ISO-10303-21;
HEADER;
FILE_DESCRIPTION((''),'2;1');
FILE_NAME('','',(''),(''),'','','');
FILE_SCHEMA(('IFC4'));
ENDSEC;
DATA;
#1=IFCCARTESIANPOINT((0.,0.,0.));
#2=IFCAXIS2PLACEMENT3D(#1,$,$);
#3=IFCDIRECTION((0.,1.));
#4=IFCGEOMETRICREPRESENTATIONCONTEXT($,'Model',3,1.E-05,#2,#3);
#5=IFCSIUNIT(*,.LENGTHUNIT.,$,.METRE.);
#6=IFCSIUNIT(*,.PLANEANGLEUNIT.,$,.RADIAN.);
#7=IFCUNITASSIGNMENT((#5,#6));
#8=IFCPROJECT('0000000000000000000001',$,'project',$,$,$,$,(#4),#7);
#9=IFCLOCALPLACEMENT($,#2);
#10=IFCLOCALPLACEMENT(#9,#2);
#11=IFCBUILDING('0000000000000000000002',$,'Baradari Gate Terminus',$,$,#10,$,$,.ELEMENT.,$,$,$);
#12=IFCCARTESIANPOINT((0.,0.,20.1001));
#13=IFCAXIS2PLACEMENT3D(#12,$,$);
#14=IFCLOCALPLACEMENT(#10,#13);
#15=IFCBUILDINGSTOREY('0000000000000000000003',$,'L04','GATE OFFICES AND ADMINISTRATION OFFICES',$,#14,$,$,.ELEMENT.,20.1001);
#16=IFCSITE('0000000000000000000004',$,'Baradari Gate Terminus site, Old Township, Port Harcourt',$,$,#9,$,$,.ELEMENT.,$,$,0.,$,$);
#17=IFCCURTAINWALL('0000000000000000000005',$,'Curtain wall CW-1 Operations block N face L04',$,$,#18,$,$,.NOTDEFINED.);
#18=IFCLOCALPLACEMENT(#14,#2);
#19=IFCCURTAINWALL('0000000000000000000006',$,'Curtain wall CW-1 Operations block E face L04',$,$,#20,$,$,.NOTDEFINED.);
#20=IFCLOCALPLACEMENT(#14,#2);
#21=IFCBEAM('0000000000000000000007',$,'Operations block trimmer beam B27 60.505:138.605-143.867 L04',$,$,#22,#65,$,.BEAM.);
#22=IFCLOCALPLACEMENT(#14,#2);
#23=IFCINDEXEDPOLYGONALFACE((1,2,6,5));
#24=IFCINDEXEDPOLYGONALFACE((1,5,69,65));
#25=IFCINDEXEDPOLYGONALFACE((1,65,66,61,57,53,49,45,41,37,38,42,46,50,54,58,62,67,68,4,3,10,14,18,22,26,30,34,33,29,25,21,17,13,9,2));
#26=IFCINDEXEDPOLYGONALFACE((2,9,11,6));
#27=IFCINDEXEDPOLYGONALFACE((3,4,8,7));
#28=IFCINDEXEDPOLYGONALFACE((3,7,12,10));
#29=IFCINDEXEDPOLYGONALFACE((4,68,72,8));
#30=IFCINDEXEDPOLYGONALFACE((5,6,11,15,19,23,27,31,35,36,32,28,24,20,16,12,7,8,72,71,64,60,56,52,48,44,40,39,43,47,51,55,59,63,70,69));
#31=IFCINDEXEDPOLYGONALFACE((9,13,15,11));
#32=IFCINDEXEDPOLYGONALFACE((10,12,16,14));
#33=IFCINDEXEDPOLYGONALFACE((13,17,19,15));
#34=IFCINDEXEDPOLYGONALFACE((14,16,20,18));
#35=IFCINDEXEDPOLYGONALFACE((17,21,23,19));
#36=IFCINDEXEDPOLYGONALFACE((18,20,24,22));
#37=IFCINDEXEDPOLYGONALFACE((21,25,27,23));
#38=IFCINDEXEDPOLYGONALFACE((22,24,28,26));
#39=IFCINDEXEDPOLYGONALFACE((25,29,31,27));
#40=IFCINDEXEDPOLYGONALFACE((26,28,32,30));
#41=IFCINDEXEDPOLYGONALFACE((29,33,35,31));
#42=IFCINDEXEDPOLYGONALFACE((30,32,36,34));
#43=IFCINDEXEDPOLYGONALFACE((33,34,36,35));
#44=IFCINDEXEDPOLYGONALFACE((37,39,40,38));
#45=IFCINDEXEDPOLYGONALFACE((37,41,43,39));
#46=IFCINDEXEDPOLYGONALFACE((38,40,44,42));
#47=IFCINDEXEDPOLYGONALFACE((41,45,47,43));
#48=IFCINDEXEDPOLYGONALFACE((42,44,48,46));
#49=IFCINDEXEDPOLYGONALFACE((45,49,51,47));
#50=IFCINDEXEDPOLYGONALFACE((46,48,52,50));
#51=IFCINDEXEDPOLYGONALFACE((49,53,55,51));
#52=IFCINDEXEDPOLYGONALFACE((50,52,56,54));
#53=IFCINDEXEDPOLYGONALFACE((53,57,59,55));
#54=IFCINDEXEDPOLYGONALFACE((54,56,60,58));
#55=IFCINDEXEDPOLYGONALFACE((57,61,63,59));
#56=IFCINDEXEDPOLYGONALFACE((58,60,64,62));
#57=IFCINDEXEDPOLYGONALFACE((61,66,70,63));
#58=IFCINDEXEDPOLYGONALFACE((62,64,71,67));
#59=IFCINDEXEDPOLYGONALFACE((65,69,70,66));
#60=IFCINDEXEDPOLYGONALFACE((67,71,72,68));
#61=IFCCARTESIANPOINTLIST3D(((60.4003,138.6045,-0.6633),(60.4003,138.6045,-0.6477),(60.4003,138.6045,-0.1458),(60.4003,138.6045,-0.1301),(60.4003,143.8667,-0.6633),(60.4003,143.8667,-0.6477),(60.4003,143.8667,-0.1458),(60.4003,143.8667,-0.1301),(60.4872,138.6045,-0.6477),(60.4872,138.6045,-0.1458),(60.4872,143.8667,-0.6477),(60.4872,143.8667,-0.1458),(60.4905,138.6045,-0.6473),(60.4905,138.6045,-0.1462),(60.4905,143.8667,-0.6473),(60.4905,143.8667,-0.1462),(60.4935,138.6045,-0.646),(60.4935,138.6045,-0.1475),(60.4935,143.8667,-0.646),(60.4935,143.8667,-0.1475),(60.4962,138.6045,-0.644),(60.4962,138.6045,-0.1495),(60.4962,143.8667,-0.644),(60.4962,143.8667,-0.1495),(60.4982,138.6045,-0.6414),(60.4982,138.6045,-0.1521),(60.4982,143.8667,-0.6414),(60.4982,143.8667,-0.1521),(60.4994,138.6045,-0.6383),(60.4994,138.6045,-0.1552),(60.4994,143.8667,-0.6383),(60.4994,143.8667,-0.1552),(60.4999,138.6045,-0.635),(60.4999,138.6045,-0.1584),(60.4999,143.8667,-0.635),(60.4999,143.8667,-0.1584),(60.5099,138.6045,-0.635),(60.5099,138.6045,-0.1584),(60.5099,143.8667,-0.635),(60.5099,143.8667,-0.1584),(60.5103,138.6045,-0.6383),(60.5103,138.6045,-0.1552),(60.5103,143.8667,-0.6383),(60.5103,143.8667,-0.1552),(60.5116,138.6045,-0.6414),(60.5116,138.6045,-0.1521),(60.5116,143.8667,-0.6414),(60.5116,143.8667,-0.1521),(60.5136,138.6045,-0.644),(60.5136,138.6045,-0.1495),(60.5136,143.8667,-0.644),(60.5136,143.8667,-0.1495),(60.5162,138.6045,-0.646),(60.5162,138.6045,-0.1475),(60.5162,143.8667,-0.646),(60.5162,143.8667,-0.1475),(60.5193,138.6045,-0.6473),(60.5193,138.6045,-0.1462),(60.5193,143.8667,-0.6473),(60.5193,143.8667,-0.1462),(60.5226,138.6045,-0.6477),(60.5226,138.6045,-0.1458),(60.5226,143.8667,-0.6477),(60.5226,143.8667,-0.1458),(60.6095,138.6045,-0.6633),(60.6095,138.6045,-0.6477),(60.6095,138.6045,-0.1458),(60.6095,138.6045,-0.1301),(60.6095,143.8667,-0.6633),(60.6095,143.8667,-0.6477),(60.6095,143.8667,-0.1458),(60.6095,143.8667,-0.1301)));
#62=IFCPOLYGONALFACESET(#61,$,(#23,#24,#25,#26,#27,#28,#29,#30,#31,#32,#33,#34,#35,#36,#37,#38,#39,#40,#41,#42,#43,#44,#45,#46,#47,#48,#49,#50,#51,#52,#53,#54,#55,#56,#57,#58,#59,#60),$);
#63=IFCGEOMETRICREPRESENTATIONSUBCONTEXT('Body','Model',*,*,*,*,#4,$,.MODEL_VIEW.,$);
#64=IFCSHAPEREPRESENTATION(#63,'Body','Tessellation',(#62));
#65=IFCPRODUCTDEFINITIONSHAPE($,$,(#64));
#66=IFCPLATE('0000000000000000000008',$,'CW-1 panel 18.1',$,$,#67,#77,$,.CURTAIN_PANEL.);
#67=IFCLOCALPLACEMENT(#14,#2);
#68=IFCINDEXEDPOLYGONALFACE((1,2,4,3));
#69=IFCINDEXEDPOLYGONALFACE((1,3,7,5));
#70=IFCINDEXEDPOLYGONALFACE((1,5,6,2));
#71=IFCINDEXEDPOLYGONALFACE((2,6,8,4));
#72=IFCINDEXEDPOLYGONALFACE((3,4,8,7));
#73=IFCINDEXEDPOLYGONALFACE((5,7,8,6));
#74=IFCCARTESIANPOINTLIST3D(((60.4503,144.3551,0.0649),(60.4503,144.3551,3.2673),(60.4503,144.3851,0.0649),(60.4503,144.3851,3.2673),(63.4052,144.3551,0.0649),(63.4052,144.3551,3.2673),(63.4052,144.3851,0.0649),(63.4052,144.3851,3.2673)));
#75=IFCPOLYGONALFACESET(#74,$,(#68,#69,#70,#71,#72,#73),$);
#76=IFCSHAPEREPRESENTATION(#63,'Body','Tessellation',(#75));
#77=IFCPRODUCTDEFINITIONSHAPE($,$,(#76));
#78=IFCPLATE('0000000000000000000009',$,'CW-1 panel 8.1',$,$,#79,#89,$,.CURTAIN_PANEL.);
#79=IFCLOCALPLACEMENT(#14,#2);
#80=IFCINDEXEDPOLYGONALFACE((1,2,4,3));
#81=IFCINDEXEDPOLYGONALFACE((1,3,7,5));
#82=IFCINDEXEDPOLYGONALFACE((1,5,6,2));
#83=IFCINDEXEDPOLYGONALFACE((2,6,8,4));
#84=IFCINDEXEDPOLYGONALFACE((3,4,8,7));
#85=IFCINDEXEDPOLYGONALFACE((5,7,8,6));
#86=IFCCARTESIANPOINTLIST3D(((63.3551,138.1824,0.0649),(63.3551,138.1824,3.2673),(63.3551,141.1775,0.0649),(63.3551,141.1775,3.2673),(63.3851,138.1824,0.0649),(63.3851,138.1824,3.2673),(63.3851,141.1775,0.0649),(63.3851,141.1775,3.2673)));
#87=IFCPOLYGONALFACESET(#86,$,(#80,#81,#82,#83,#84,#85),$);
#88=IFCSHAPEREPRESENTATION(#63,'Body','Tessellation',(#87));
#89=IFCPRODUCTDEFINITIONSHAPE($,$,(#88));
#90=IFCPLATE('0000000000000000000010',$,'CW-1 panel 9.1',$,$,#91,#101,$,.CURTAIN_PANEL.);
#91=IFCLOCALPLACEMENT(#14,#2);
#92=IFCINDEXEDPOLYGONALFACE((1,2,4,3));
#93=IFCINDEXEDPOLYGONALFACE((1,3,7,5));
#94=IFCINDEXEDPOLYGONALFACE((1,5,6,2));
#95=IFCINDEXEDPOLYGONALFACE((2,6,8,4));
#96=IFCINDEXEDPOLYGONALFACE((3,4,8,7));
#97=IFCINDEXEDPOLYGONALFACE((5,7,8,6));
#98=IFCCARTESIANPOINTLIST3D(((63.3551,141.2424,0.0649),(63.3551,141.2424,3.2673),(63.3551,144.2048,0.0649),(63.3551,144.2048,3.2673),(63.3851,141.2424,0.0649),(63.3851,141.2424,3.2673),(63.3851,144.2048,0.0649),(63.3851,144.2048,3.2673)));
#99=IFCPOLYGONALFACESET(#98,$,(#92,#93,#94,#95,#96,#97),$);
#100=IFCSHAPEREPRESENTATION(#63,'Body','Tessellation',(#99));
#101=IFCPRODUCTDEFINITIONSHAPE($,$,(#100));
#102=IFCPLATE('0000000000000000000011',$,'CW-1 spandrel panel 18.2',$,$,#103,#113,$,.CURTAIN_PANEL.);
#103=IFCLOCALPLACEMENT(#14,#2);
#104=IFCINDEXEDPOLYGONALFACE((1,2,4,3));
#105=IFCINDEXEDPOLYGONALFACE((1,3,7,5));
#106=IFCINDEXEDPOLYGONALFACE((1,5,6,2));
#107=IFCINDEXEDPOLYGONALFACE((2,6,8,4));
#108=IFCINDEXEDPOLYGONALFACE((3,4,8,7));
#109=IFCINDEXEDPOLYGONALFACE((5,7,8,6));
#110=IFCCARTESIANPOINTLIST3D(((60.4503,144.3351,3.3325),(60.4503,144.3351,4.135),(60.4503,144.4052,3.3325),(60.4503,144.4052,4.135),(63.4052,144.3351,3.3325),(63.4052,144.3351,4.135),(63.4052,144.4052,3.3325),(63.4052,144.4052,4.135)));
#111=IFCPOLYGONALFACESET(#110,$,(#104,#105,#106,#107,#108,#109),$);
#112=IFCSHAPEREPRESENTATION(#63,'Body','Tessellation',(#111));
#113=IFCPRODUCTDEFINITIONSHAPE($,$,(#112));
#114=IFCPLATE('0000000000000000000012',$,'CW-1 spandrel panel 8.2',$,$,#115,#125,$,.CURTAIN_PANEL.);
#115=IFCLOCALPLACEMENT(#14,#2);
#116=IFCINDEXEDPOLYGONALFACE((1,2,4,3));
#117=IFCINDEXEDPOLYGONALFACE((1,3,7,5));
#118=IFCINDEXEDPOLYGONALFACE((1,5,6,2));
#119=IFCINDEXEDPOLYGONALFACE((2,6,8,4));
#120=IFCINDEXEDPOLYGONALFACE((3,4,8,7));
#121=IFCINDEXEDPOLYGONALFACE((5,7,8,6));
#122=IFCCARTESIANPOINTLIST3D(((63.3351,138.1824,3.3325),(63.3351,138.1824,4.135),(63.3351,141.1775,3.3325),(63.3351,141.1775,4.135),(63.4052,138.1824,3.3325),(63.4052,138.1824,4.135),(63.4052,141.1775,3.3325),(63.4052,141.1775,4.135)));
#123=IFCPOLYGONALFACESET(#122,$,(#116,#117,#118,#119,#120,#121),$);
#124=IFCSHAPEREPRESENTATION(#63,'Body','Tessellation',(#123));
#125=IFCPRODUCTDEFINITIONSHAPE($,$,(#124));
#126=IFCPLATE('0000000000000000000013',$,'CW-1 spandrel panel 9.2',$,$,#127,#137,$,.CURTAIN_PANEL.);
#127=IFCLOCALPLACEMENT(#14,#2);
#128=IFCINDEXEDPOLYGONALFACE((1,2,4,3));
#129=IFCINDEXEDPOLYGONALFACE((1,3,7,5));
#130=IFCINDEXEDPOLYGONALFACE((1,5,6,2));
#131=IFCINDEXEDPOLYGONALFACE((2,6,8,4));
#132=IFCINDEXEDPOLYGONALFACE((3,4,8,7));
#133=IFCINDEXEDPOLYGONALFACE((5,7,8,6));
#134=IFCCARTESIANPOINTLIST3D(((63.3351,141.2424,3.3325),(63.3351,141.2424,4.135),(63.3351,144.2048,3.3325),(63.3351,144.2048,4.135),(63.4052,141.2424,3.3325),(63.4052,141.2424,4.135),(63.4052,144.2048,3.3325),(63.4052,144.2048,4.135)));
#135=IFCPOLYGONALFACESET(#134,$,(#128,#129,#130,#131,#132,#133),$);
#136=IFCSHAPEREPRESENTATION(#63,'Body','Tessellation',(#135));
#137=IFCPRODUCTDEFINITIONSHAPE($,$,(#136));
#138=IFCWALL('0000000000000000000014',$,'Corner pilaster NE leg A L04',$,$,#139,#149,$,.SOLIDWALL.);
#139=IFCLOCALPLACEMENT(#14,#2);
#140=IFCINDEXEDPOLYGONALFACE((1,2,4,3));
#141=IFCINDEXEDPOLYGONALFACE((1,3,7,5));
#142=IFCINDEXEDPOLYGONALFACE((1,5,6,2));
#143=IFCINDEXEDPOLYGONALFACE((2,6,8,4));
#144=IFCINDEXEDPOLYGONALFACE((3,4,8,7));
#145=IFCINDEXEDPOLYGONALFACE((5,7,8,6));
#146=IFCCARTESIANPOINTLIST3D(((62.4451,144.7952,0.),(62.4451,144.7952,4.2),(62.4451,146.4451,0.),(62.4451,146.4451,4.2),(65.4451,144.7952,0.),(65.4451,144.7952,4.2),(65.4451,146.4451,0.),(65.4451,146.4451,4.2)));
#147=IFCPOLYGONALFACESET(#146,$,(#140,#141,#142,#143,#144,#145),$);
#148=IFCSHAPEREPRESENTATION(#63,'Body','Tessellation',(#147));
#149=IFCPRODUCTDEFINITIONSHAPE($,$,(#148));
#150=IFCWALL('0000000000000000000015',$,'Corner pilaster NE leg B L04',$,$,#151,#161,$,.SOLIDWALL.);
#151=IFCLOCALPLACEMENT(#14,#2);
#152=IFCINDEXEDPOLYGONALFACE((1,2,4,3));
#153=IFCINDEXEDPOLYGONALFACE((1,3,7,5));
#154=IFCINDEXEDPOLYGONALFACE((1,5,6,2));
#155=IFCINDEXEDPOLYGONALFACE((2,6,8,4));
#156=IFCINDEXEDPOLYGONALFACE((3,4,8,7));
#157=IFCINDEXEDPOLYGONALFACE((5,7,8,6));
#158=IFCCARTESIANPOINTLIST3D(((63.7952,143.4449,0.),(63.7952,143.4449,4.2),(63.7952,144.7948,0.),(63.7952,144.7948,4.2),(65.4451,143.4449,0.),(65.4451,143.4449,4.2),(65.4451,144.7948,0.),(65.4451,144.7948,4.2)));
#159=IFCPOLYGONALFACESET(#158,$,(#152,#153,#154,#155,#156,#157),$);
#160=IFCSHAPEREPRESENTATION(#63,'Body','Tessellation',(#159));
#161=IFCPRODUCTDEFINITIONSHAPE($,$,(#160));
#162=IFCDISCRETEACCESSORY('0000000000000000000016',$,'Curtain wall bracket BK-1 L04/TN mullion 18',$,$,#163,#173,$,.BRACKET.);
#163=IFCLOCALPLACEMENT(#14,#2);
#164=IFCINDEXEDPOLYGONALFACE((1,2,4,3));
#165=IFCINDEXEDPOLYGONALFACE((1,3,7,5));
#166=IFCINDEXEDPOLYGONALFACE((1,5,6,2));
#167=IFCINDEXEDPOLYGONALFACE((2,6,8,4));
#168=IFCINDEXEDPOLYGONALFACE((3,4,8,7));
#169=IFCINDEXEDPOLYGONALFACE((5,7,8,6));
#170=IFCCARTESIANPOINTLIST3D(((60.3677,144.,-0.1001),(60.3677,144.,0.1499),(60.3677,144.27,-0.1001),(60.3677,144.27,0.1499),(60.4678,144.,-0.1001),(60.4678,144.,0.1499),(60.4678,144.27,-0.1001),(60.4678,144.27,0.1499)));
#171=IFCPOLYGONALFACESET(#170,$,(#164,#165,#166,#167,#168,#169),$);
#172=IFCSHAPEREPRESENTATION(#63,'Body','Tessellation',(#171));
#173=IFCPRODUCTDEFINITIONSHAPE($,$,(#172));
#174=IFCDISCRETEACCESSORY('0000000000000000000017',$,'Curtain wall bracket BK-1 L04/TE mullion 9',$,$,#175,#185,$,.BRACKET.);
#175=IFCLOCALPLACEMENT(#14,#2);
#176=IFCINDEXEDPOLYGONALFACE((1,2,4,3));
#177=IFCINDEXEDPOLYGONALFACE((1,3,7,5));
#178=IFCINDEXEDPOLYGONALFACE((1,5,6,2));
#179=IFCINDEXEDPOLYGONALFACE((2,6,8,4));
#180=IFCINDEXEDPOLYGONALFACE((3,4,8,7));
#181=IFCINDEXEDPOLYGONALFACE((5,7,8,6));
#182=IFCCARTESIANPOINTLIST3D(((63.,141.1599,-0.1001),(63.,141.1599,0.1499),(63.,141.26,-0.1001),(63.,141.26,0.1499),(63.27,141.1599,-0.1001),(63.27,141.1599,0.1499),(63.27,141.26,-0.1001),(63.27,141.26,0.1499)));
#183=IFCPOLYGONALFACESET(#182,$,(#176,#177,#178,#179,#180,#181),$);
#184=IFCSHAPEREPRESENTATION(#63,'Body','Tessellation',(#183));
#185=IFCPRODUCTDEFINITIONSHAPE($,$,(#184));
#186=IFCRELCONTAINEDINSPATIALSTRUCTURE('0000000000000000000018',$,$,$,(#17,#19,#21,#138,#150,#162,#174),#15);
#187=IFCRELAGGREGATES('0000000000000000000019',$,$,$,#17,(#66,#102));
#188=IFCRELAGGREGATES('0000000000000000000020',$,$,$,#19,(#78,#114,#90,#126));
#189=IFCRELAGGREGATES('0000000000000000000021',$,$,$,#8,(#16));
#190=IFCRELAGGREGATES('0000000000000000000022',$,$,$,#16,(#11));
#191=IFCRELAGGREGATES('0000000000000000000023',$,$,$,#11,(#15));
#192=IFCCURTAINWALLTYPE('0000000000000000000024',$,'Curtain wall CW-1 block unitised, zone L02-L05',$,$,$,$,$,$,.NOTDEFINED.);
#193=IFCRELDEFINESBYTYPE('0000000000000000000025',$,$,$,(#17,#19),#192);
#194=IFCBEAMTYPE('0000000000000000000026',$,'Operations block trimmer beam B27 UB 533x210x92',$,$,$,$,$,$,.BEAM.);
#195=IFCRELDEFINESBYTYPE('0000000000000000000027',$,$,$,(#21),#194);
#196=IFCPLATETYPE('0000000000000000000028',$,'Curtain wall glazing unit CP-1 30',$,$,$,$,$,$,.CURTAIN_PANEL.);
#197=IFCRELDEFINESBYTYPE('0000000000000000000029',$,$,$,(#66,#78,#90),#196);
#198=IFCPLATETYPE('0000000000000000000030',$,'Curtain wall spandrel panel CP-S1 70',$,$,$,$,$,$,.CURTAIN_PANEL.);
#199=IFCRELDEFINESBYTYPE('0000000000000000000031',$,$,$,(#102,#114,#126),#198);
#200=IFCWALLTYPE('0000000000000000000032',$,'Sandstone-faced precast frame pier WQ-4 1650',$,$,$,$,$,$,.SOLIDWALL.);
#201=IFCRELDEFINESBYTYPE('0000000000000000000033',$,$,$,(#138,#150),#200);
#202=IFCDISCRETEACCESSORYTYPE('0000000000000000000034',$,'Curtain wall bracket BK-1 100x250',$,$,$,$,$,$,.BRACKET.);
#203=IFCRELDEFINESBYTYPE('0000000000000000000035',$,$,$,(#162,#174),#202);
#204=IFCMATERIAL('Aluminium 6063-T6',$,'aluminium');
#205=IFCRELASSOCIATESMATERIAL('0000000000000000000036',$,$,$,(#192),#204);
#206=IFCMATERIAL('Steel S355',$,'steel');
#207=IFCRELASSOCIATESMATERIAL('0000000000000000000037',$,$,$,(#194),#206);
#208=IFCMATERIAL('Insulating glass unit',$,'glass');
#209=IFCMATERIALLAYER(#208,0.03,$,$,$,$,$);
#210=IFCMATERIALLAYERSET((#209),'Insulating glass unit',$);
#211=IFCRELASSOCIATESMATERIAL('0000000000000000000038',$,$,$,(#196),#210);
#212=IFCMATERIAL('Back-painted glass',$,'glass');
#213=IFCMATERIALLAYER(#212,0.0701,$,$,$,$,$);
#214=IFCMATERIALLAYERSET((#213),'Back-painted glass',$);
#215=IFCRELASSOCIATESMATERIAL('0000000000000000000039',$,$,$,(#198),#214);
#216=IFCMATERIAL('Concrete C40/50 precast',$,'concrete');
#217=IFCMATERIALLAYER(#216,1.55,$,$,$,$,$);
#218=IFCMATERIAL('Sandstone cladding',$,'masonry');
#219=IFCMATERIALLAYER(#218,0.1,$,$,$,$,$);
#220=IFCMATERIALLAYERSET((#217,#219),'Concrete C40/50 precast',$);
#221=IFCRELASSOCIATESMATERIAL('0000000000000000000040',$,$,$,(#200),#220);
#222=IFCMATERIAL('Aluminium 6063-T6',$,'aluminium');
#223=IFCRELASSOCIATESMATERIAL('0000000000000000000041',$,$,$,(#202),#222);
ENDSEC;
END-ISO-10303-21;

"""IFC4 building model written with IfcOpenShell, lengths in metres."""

from ifc_helpers import new_model, si_unit, direction, frame, frame_2d, origin, origin_2d, place, context, subcontext, project, spatial, rectangle, i_section, extrude, material, layer, layer_set, material_profile, profile_set, type_object, element, aggregate, save


model = new_model("IFC4")

# Units and contexts
model_context = context("Model", 3, precision=1e-05, world=origin(), true_north=direction((0.0, 1.0)))
body_context = subcontext(model_context, "Body", "Model", "MODEL_VIEW")
ifc_project = project(units=[si_unit("LENGTHUNIT", "METRE"), si_unit("PLANEANGLEUNIT", "RADIAN")], contexts=[model_context])

# Site, building, storey
site_placement = place(None, origin())
site = spatial("IfcSite", under=ifc_project, at=site_placement, Name="Baradari Gate Terminus site, Old Township, Port Harcourt", CompositionType="ELEMENT", RefElevation=0.0)
building_placement = place(site_placement, origin())
building = spatial("IfcBuilding", under=site, at=building_placement, Name="Baradari Gate Terminus", CompositionType="ELEMENT")
storey_placement = place(building_placement, frame((0.0, 0.0, 20.1001)))
storey = spatial("IfcBuildingStorey", under=building, at=storey_placement, Name="L04", Description="GATE OFFICES AND ADMINISTRATION OFFICES", CompositionType="ELEMENT", Elevation=20.1001)

# Curtain walls
ifc_material_1 = material(Name="Aluminium 6063-T6", Category="aluminium")
curtain_wall_type = type_object("IfcCurtainWallType", Name="Curtain wall CW-1 block unitised, zone L02-L05", PredefinedType="NOTDEFINED", material=ifc_material_1)
curtain_wall_1_placement = place(storey_placement, origin())
curtain_wall_1 = element("IfcCurtainWall", 1, at=curtain_wall_1_placement, inside=storey, type_object=curtain_wall_type, Name="Curtain wall CW-1 Operations block N face L04", PredefinedType="NOTDEFINED")
curtain_wall_2_placement = place(storey_placement, origin())
curtain_wall_2 = element("IfcCurtainWall", 2, at=curtain_wall_2_placement, inside=storey, type_object=curtain_wall_type, Name="Curtain wall CW-1 Operations block E face L04", PredefinedType="NOTDEFINED")

# Beam
ifc_material_2 = material(Name="Steel S355", Category="steel")
ifc_material_profile_1 = material_profile(ifc_material_2, i_section(OverallWidth=0.2092, OverallDepth=0.5332, WebThickness=0.01, FlangeThickness=0.0156, FilletRadius=0.0127, at=origin_2d()), Name="UB 533x210x92")
ifc_profile_set_1 = profile_set([ifc_material_profile_1], Name="Steel S355")
beam_type = type_object("IfcBeamType", Name="Operations block trimmer beam B27 UB 533x210x92", PredefinedType="BEAM", material=ifc_profile_set_1)
beam_placement = place(storey_placement, frame((60.5049, 138.6045, -0.3967), z_axis=(0.0, 1.0, 0.0), x_axis=(-1.0, 0.0, 0.0)))
element("IfcBeam", 3, at=beam_placement, inside=storey, type_object=beam_type, Name="Operations block trimmer beam B27 60.505:138.605-143.867 L04", PredefinedType="BEAM", context=body_context, shape_type="SweptSolid", body=[
    extrude(i_section(OverallWidth=0.2092, OverallDepth=0.5332, WebThickness=0.01, FlangeThickness=0.0156, FilletRadius=0.0127, at=origin_2d()), origin(), (0.0, 0.0, 1.0), 5.2622),
])

# Plates
ifc_material_3 = material(Name="Insulating glass unit", Category="glass")
ifc_layer_1 = layer(ifc_material_3, 0.03)
ifc_layer_set_1 = layer_set([ifc_layer_1], Name="Insulating glass unit")
plate_type_1 = type_object("IfcPlateType", Name="Curtain wall glazing unit CP-1 30", PredefinedType="CURTAIN_PANEL", material=ifc_layer_set_1)
plate_1_placement = place(storey_placement, frame((61.9277, 144.3701, 0.0649), z_axis=(0.0, 0.0, 1.0), x_axis=(1.0, 0.0, 0.0)))
plate_1 = element("IfcPlate", 4, at=plate_1_placement, type_object=plate_type_1, Name="CW-1 panel 18.1", PredefinedType="CURTAIN_PANEL", context=body_context, shape_type="SweptSolid", body=[
    extrude(rectangle(XDim=2.9548, YDim=0.03, at=origin_2d()), origin(), (0.0, 0.0, 1.0), 3.2024),
])
plate_2_placement = place(storey_placement, frame((63.3701, 139.6799, 0.0649), z_axis=(0.0, 0.0, 1.0), x_axis=(0.0, 1.0, 0.0)))
plate_2 = element("IfcPlate", 5, at=plate_2_placement, type_object=plate_type_1, Name="CW-1 panel 8.1", PredefinedType="CURTAIN_PANEL", context=body_context, shape_type="SweptSolid", body=[
    extrude(rectangle(XDim=2.9951, YDim=0.03, at=origin_2d()), origin(), (0.0, 0.0, 1.0), 3.2024),
])
plate_3_placement = place(storey_placement, frame((63.3701, 142.7236, 0.0649), z_axis=(0.0, 0.0, 1.0), x_axis=(0.0, 1.0, 0.0)))
plate_3 = element("IfcPlate", 6, at=plate_3_placement, type_object=plate_type_1, Name="CW-1 panel 9.1", PredefinedType="CURTAIN_PANEL", context=body_context, shape_type="SweptSolid", body=[
    extrude(rectangle(XDim=2.9624, YDim=0.03, at=origin_2d()), origin(), (0.0, 0.0, 1.0), 3.2024),
])
ifc_material_4 = material(Name="Back-painted glass", Category="glass")
ifc_layer_2 = layer(ifc_material_4, 0.0701)
ifc_layer_set_2 = layer_set([ifc_layer_2], Name="Back-painted glass")
plate_type_2 = type_object("IfcPlateType", Name="Curtain wall spandrel panel CP-S1 70", PredefinedType="CURTAIN_PANEL", material=ifc_layer_set_2)
plate_4_placement = place(storey_placement, frame((61.9277, 144.3701, 3.3325), z_axis=(0.0, 0.0, 1.0), x_axis=(1.0, 0.0, 0.0)))
plate_4 = element("IfcPlate", 7, at=plate_4_placement, type_object=plate_type_2, Name="CW-1 spandrel panel 18.2", PredefinedType="CURTAIN_PANEL", context=body_context, shape_type="SweptSolid", body=[
    extrude(rectangle(XDim=2.9548, YDim=0.0701, at=origin_2d()), origin(), (0.0, 0.0, 1.0), 0.8025),
])
aggregate(curtain_wall_1, [plate_1, plate_4])
plate_5_placement = place(storey_placement, frame((63.3701, 139.6799, 3.3325), z_axis=(0.0, 0.0, 1.0), x_axis=(0.0, 1.0, 0.0)))
plate_5 = element("IfcPlate", 8, at=plate_5_placement, type_object=plate_type_2, Name="CW-1 spandrel panel 8.2", PredefinedType="CURTAIN_PANEL", context=body_context, shape_type="SweptSolid", body=[
    extrude(rectangle(XDim=2.9951, YDim=0.0701, at=origin_2d()), origin(), (0.0, 0.0, 1.0), 0.8025),
])
plate_6_placement = place(storey_placement, frame((63.3701, 142.7236, 3.3325), z_axis=(0.0, 0.0, 1.0), x_axis=(0.0, 1.0, 0.0)))
plate_6 = element("IfcPlate", 9, at=plate_6_placement, type_object=plate_type_2, Name="CW-1 spandrel panel 9.2", PredefinedType="CURTAIN_PANEL", context=body_context, shape_type="SweptSolid", body=[
    extrude(rectangle(XDim=2.9624, YDim=0.0701, at=origin_2d()), origin(), (0.0, 0.0, 1.0), 0.8025),
])
aggregate(curtain_wall_2, [plate_2, plate_5, plate_3, plate_6])

# Walls
ifc_material_5 = material(Name="Concrete C40/50 precast", Category="concrete")
ifc_layer_3 = layer(ifc_material_5, 1.55)
ifc_material_6 = material(Name="Sandstone cladding", Category="masonry")
ifc_layer_4 = layer(ifc_material_6, 0.1)
ifc_layer_set_3 = layer_set([ifc_layer_3, ifc_layer_4], Name="Concrete C40/50 precast")
wall_type = type_object("IfcWallType", Name="Sandstone-faced precast frame pier WQ-4 1650", PredefinedType="SOLIDWALL", material=ifc_layer_set_3)
wall_1_placement = place(storey_placement, frame((62.4451, 145.6201, 0.0), z_axis=(0.0, 0.0, 1.0), x_axis=(1.0, 0.0, 0.0)))
element("IfcWall", 10, at=wall_1_placement, inside=storey, type_object=wall_type, Name="Corner pilaster NE leg A L04", PredefinedType="SOLIDWALL", context=body_context, shape_type="SweptSolid", body=[
    extrude(rectangle(XDim=3.0, YDim=1.6499, at=frame_2d((1.5, 0.0))), origin(), (0.0, 0.0, 1.0), 4.2),
])
wall_2_placement = place(storey_placement, frame((64.6201, 143.4451, 0.0), z_axis=(0.0, 0.0, 1.0), x_axis=(0.0, 1.0, 0.0)))
element("IfcWall", 11, at=wall_2_placement, inside=storey, type_object=wall_type, Name="Corner pilaster NE leg B L04", PredefinedType="SOLIDWALL", context=body_context, shape_type="SweptSolid", body=[
    extrude(rectangle(XDim=1.3499, YDim=1.6499, at=frame_2d((0.6748, 0.0))), origin(), (0.0, 0.0, 1.0), 4.2),
])

# Discrete accessories
ifc_material_7 = material(Name="Aluminium 6063-T6", Category="aluminium")
discrete_accessory_type = type_object("IfcDiscreteAccessoryType", Name="Curtain wall bracket BK-1 100x250", PredefinedType="BRACKET", material=ifc_material_7)
for number, where, z_axis, x_axis, name in (
    (12, (60.4177, 144.135, -0.1001), (0.0, 0.0, 1.0), (0.0, 1.0, 0.0), "Curtain wall bracket BK-1 L04/TN mullion 18"),
    (13, (63.135, 141.21, -0.1001), (0.0, 0.0, 1.0), (1.0, 0.0, 0.0), "Curtain wall bracket BK-1 L04/TE mullion 9"),
):
    element("IfcDiscreteAccessory", number, at=place(storey_placement, frame(where, z_axis=z_axis, x_axis=x_axis)), inside=storey, type_object=discrete_accessory_type, Name=name, PredefinedType="BRACKET", context=body_context, shape_type="SweptSolid", body=[
        extrude(rectangle(XDim=0.27, YDim=0.1001, at=origin_2d()), origin(), (0.0, 0.0, 1.0), 0.25),
    ])

save(model, "model.ifc")
